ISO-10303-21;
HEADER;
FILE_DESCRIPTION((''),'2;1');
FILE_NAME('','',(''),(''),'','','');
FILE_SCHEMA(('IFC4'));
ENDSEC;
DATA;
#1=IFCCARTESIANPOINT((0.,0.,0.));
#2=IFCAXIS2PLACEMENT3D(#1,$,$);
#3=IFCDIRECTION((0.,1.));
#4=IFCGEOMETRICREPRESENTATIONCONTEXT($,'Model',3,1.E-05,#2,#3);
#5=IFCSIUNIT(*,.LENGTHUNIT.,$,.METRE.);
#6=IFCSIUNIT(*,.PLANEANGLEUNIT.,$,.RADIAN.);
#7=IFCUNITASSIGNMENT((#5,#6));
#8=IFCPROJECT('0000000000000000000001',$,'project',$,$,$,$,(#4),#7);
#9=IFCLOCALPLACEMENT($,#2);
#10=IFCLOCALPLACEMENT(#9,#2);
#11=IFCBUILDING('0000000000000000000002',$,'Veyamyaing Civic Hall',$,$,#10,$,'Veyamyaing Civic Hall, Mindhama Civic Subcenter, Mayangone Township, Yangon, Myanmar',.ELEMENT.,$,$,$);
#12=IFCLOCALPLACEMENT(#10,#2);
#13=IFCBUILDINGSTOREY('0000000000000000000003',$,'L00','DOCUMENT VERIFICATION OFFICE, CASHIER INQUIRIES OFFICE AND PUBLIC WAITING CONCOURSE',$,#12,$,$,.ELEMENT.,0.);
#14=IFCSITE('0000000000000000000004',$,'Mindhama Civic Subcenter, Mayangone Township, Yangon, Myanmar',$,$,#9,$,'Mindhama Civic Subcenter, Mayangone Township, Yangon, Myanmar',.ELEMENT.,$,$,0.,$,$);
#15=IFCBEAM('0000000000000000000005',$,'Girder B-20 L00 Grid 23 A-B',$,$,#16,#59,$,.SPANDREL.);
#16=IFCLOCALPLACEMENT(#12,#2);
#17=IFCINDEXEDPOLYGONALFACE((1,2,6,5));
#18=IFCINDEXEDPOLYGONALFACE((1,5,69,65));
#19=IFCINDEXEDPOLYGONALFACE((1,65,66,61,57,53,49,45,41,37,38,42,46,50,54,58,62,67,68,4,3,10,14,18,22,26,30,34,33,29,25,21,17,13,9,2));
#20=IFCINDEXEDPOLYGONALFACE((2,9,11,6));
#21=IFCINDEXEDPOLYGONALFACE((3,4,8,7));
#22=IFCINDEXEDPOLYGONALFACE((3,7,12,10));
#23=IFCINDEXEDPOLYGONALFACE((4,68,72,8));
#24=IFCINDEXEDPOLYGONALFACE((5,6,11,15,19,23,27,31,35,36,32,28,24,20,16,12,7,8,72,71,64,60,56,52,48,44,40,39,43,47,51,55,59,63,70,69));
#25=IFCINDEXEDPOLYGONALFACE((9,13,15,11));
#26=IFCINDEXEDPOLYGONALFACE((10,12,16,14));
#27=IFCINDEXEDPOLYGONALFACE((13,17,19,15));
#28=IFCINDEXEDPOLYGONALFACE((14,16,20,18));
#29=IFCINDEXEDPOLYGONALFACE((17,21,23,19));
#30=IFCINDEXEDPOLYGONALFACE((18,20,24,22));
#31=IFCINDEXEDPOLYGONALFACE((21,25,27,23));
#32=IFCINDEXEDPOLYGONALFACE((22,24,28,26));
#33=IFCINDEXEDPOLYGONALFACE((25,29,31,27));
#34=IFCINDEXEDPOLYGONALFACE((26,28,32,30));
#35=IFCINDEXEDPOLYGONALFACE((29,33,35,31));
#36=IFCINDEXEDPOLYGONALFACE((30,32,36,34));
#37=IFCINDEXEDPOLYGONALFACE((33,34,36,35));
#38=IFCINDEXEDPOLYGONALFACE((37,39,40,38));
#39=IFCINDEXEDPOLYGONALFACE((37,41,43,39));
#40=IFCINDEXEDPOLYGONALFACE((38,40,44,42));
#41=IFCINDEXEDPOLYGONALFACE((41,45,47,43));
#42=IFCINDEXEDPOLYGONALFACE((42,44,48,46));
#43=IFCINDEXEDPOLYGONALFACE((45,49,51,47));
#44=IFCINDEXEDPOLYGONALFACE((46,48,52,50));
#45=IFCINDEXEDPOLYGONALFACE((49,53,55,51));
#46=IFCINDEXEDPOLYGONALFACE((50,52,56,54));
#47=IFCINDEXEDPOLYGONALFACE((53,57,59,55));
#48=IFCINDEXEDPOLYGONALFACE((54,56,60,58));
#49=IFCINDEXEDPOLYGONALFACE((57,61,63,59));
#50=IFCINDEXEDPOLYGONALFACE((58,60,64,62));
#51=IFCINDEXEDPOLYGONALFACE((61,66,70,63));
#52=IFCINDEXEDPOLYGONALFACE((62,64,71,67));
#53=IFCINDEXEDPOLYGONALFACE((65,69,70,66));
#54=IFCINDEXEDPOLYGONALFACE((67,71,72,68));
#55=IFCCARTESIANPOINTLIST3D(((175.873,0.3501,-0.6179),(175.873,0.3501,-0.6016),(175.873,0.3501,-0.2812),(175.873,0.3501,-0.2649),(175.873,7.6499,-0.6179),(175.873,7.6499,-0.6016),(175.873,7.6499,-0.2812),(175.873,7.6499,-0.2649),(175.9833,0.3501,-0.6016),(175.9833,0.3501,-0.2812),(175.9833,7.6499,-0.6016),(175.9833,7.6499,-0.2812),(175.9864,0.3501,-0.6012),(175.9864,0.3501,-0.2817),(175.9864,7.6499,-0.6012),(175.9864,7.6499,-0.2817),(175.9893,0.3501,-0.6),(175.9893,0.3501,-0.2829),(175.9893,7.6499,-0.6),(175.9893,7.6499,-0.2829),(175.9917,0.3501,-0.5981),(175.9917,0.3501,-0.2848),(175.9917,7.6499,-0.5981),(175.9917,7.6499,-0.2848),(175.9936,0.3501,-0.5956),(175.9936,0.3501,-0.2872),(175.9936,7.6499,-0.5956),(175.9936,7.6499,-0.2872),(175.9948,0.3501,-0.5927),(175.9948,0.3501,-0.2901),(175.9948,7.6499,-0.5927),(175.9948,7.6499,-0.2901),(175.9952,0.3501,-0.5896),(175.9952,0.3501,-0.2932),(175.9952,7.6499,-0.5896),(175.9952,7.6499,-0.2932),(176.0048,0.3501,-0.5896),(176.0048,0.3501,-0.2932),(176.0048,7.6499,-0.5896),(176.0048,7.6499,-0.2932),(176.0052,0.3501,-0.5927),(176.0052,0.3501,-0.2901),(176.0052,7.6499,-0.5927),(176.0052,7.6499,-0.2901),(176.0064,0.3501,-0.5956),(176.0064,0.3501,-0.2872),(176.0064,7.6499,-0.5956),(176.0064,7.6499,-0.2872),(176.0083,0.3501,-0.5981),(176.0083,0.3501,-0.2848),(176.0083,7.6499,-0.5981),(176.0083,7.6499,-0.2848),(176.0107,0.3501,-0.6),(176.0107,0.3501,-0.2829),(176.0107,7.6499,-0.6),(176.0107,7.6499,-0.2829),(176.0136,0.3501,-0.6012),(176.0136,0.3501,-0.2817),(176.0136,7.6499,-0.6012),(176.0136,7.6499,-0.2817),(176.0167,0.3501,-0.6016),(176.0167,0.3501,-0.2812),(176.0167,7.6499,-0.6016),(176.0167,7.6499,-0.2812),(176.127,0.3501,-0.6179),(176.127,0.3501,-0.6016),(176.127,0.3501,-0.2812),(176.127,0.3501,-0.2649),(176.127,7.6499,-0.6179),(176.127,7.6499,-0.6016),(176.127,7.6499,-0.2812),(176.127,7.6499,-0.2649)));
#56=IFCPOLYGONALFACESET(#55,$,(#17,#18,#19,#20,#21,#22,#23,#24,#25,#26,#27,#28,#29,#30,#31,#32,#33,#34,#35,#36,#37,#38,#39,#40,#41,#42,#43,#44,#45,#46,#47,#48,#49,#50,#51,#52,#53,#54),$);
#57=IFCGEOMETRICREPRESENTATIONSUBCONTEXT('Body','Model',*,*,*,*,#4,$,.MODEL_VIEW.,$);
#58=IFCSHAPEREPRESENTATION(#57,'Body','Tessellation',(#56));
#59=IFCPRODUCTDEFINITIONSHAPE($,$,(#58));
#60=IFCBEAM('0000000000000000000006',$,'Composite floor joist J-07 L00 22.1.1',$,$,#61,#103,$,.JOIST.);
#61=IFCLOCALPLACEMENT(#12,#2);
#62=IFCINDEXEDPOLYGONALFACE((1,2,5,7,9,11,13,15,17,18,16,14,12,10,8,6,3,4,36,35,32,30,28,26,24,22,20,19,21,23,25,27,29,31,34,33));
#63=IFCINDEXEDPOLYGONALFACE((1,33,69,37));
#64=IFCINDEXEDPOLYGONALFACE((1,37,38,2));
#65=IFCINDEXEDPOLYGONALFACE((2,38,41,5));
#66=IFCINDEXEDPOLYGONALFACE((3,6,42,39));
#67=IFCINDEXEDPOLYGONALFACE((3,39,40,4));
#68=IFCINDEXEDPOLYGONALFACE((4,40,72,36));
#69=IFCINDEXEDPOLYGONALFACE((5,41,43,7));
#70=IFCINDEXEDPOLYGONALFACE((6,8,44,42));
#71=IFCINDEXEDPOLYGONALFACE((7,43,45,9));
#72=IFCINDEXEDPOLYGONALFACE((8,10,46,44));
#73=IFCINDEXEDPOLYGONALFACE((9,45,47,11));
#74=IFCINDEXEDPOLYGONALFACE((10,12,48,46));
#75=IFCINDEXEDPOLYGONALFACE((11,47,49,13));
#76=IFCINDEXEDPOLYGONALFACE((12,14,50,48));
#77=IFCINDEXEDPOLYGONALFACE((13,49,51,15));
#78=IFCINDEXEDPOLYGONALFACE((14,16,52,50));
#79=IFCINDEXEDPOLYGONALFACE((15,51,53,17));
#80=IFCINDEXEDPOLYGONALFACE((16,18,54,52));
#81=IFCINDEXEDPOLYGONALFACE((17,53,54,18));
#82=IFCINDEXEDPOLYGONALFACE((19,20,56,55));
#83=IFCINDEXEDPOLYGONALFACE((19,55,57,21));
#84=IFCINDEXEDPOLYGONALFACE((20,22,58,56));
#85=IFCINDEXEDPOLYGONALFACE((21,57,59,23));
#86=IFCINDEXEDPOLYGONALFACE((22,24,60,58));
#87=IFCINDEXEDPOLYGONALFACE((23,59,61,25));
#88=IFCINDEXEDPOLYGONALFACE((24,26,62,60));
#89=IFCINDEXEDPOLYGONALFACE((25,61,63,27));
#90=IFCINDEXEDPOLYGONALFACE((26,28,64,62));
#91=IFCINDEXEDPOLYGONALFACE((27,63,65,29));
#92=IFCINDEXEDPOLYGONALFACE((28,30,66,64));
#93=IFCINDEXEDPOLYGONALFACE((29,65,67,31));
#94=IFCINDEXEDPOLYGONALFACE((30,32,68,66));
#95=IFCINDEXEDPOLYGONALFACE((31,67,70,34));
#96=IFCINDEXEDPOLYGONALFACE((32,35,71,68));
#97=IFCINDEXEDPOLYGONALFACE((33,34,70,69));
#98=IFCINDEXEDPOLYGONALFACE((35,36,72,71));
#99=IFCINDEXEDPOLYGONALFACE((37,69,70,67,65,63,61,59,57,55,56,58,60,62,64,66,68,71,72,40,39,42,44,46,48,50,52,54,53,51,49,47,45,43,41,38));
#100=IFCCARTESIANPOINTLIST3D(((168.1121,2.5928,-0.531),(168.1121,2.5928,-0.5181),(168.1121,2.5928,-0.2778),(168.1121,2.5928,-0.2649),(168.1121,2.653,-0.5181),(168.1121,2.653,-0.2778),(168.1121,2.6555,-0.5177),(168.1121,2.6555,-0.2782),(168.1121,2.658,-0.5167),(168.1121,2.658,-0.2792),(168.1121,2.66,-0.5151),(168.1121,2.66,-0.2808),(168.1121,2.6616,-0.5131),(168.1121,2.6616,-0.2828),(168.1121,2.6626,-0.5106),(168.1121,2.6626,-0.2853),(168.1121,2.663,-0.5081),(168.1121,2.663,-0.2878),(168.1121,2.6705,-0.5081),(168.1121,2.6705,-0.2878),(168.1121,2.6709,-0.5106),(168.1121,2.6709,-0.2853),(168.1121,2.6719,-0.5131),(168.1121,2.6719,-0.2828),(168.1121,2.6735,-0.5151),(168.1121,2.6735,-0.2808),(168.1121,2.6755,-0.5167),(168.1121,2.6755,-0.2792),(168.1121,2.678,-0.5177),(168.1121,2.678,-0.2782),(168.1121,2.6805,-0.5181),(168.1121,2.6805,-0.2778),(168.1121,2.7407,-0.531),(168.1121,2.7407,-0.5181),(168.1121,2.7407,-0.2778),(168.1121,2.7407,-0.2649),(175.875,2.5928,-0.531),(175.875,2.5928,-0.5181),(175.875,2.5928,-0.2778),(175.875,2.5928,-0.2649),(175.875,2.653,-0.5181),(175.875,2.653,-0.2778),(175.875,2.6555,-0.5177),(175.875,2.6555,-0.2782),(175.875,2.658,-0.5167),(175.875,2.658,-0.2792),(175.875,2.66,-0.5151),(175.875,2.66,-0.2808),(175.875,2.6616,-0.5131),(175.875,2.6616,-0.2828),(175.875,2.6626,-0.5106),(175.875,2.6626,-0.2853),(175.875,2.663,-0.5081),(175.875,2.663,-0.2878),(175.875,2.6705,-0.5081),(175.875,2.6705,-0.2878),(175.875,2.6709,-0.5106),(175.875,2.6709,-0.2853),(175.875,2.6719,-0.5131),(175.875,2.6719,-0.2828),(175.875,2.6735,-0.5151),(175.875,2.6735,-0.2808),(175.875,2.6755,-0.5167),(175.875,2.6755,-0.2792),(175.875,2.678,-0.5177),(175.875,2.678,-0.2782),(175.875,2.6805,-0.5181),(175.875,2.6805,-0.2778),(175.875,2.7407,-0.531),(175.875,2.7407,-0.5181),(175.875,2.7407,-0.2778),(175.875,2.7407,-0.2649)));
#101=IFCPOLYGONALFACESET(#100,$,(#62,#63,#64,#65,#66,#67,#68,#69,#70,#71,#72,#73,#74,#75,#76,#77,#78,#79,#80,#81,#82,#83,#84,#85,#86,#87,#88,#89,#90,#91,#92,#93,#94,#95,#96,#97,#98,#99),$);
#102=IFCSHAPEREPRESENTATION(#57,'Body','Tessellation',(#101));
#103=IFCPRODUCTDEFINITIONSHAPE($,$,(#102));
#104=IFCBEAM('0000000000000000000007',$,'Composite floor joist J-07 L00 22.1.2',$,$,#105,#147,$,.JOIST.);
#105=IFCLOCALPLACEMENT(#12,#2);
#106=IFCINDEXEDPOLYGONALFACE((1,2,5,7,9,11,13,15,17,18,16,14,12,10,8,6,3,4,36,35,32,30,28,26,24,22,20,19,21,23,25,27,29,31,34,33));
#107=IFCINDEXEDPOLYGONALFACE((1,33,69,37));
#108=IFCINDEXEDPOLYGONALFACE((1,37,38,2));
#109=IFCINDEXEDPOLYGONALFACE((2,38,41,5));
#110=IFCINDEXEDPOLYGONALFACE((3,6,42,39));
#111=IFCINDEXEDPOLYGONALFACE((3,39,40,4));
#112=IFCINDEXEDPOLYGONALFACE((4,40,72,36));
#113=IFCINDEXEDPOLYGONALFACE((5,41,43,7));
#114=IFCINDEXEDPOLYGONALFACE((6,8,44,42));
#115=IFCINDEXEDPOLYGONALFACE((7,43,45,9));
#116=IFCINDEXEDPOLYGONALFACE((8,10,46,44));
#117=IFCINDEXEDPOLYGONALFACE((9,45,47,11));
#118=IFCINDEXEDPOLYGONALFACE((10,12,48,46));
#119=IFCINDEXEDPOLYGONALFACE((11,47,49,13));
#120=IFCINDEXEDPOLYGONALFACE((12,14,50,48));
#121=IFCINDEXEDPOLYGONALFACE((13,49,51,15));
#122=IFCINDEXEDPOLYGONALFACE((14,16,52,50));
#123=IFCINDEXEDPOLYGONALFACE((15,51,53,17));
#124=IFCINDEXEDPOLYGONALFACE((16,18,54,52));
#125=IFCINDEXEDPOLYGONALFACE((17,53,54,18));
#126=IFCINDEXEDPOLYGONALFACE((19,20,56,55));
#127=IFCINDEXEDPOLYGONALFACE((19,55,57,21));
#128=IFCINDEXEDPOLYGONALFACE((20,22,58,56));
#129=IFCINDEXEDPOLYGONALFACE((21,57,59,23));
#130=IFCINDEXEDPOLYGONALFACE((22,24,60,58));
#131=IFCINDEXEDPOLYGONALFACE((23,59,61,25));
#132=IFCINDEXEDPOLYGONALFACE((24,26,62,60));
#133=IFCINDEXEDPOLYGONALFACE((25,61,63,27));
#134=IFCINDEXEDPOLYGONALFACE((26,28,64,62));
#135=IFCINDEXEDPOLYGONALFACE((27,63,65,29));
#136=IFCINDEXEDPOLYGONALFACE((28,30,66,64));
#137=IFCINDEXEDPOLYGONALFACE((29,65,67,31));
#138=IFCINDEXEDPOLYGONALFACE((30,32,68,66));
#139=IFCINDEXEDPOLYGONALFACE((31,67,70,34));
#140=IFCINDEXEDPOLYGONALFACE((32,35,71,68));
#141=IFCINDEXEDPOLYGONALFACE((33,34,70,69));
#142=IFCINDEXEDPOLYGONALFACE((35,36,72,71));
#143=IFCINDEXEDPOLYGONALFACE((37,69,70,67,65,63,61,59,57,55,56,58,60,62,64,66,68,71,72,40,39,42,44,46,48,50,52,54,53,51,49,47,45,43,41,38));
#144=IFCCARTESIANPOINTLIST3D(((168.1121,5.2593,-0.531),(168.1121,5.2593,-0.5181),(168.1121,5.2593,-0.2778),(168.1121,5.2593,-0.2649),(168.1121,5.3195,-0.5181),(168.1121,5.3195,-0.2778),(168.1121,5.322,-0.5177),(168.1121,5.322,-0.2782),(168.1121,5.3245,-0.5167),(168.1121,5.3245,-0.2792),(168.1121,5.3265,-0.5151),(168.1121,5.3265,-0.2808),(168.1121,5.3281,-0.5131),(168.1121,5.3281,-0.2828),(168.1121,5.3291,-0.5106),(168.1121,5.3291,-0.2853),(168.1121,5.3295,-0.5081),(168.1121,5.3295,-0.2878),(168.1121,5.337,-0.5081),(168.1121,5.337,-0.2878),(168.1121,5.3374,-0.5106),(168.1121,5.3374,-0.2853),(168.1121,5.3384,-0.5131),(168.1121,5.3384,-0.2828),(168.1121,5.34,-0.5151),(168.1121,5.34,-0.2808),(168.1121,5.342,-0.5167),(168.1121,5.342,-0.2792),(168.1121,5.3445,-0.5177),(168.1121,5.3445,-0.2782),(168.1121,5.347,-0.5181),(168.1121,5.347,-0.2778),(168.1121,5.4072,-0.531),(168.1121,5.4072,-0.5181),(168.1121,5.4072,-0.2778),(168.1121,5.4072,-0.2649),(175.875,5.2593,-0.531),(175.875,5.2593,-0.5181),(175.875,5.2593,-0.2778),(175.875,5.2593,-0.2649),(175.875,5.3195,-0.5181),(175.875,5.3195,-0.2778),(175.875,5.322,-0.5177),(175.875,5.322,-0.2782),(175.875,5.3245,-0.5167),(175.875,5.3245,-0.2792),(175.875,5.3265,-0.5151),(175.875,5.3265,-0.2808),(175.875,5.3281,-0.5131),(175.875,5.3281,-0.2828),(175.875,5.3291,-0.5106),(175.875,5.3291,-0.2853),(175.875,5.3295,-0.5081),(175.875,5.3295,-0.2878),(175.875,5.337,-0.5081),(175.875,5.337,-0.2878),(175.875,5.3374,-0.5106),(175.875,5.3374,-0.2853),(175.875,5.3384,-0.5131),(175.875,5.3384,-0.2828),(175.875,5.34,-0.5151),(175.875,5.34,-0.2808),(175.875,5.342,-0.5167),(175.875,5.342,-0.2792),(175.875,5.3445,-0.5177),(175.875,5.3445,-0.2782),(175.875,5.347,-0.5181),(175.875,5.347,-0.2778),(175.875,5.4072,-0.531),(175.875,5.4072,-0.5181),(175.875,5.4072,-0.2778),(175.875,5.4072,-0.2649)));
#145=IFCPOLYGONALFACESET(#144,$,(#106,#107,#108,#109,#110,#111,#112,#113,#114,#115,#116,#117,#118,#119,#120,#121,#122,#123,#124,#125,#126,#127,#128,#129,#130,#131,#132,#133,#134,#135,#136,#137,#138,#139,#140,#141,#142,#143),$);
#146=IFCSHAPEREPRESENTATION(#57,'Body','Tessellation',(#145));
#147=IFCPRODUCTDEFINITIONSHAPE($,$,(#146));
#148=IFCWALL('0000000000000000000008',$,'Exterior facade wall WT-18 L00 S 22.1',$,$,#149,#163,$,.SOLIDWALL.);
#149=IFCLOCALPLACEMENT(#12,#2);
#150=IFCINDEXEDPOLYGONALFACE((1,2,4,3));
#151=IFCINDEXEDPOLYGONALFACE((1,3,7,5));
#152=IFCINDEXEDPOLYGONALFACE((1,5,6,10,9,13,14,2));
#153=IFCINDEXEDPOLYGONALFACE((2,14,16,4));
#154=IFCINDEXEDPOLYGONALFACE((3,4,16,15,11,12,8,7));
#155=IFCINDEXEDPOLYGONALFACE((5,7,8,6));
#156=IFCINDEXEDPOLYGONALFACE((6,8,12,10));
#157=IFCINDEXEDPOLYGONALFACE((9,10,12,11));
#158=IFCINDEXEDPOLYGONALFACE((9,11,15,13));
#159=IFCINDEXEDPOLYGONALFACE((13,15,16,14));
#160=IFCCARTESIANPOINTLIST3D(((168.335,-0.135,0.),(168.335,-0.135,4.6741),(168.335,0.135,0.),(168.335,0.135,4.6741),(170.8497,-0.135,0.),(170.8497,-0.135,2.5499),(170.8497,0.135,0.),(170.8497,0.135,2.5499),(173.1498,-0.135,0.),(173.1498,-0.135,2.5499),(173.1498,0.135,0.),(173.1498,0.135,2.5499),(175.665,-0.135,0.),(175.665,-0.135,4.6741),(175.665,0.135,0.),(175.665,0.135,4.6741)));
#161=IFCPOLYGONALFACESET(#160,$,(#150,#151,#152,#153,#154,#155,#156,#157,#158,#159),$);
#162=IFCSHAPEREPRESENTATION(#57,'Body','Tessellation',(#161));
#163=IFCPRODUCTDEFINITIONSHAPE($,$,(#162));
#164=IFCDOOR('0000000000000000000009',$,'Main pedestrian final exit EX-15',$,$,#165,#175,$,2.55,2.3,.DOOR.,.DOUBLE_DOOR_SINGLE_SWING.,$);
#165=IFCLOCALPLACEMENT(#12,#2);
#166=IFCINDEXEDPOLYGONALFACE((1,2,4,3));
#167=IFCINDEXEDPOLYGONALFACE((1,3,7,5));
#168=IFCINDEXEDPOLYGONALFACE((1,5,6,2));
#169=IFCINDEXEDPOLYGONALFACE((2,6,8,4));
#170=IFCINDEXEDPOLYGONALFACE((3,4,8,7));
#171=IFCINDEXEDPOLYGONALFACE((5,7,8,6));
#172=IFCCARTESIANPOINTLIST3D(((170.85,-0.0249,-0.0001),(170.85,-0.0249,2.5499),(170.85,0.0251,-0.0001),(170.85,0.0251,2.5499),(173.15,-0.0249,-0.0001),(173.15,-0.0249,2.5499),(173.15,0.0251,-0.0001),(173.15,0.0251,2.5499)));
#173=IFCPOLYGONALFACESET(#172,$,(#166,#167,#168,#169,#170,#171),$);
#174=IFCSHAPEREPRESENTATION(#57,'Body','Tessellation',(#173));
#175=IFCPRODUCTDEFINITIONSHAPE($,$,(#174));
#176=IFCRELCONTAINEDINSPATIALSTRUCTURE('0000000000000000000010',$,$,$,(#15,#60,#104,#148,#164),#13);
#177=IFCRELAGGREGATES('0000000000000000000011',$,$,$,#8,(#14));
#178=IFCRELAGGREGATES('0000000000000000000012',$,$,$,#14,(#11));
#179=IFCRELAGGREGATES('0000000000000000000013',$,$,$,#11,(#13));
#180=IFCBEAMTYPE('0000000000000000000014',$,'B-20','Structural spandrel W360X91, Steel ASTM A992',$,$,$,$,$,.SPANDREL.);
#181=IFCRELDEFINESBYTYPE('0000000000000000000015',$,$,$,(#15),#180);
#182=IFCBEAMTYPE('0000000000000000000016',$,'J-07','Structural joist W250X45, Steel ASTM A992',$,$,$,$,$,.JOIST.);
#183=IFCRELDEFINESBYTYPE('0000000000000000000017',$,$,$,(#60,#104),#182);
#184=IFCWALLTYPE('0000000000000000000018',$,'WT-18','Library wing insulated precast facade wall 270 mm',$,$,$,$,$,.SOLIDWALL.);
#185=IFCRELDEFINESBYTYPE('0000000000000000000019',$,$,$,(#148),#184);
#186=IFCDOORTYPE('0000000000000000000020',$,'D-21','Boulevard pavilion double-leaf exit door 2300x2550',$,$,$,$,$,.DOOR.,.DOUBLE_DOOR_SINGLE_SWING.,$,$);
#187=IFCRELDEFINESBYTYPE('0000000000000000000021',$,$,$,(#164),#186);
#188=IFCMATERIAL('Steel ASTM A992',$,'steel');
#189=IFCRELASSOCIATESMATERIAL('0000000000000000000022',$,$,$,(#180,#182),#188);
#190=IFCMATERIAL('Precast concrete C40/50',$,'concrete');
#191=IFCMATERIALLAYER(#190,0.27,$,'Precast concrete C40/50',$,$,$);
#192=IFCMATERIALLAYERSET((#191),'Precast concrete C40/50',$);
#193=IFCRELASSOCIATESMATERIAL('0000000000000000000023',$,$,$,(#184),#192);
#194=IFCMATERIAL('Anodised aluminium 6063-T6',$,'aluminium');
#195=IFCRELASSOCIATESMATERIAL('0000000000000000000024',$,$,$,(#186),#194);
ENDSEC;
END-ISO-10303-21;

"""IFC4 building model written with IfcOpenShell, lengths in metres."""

from ifc_helpers import new_model, si_unit, direction, frame, frame_2d, origin, origin_2d, place, context, subcontext, project, spatial, rectangle, i_section, extrude, material, layer, layer_set, material_profile, profile_set, type_object, element, fill, save


model = new_model("IFC4")

# Units and contexts
model_context = context("Model", 3, precision=1e-05, world=origin(), true_north=direction((0.0, 1.0)))
body_context = subcontext(model_context, "Body", "Model", "MODEL_VIEW")
ifc_project = project(units=[si_unit("LENGTHUNIT", "METRE"), si_unit("PLANEANGLEUNIT", "RADIAN")], contexts=[model_context])

# Site, building, storey
site_placement = place(None, origin())
site = spatial("IfcSite", under=ifc_project, at=site_placement, Name="Mindhama Civic Subcenter, Mayangone Township, Yangon, Myanmar", LongName="Mindhama Civic Subcenter, Mayangone Township, Yangon, Myanmar", CompositionType="ELEMENT", RefElevation=0.0)
building_placement = place(site_placement, origin())
building = spatial("IfcBuilding", under=site, at=building_placement, Name="Veyamyaing Civic Hall", LongName="Veyamyaing Civic Hall, Mindhama Civic Subcenter, Mayangone Township, Yangon, Myanmar", CompositionType="ELEMENT")
storey_placement = place(building_placement, origin())
storey = spatial("IfcBuildingStorey", under=building, at=storey_placement, Name="L00", Description="DOCUMENT VERIFICATION OFFICE, CASHIER INQUIRIES OFFICE AND PUBLIC WAITING CONCOURSE", CompositionType="ELEMENT", Elevation=0.0)

# Beams
ifc_material_1 = material(Name="Steel ASTM A992", Category="steel")
ifc_material_profile_1 = material_profile(ifc_material_1, i_section(OverallWidth=0.2539, OverallDepth=0.353, WebThickness=0.0095, FlangeThickness=0.0164, FilletRadius=0.012, at=origin_2d()), Name="W360X91")
ifc_profile_set_1 = profile_set([ifc_material_profile_1], Name="Steel ASTM A992")
beam_type_1 = type_object("IfcBeamType", Name="B-20", Description="Structural spandrel W360X91, Steel ASTM A992", PredefinedType="SPANDREL", material=ifc_profile_set_1)
beam_1_placement = place(storey_placement, frame((176.0, 0.3501, -0.4414), z_axis=(0.0, 1.0, 0.0), x_axis=(-1.0, 0.0, 0.0)))
element("IfcBeam", 1, at=beam_1_placement, inside=storey, type_object=beam_type_1, Name="Girder B-20 L00 Grid 23 A-B", PredefinedType="SPANDREL", context=body_context, shape_type="SweptSolid", body=[
    extrude(i_section(OverallWidth=0.2539, OverallDepth=0.353, WebThickness=0.0095, FlangeThickness=0.0164, FilletRadius=0.012, at=origin_2d()), origin(), (0.0, 0.0, 1.0), 7.2998),
])
ifc_material_profile_2 = material_profile(ifc_material_1, i_section(OverallWidth=0.1479, OverallDepth=0.2661, WebThickness=0.0076, FlangeThickness=0.0129, FilletRadius=0.01, at=origin_2d()), Name="W250X45")
ifc_profile_set_2 = profile_set([ifc_material_profile_2], Name="Steel ASTM A992")
beam_type_2 = type_object("IfcBeamType", Name="J-07", Description="Structural joist W250X45, Steel ASTM A992", PredefinedType="JOIST", material=ifc_profile_set_2)
for number, where, z_axis, x_axis, name in (
    (2, (168.1121, 2.6667, -0.3979), (1.0, 0.0, 0.0), (0.0, 1.0, 0.0), "Composite floor joist J-07 L00 22.1.1"),
    (3, (168.1121, 5.3333, -0.3979), (1.0, 0.0, 0.0), (0.0, 1.0, 0.0), "Composite floor joist J-07 L00 22.1.2"),
):
    element("IfcBeam", number, at=place(storey_placement, frame(where, z_axis=z_axis, x_axis=x_axis)), inside=storey, type_object=beam_type_2, Name=name, PredefinedType="JOIST", context=body_context, shape_type="SweptSolid", body=[
        extrude(i_section(OverallWidth=0.1479, OverallDepth=0.2661, WebThickness=0.0076, FlangeThickness=0.0129, FilletRadius=0.01, at=origin_2d()), origin(), (0.0, 0.0, 1.0), 7.7629),
    ])

# Wall, opening, door
ifc_material_2 = material(Name="Precast concrete C40/50", Category="concrete")
ifc_layer_1 = layer(ifc_material_2, 0.27, Name="Precast concrete C40/50")
ifc_layer_set_1 = layer_set([ifc_layer_1], Name="Precast concrete C40/50")
wall_type = type_object("IfcWallType", Name="WT-18", Description="Library wing insulated precast facade wall 270 mm", PredefinedType="SOLIDWALL", material=ifc_layer_set_1)
wall_1_placement = place(storey_placement, frame((168.335, 0.0, 0.0), z_axis=(0.0, 0.0, 1.0), x_axis=(1.0, 0.0, 0.0)))
wall_1 = element("IfcWall", 4, at=wall_1_placement, inside=storey, type_object=wall_type, Name="Exterior facade wall WT-18 L00 S 22.1", PredefinedType="SOLIDWALL", context=body_context, shape_type="SweptSolid", body=[
    extrude(rectangle(XDim=7.3301, YDim=0.27, at=frame_2d((3.665, 0.0))), origin(), (0.0, 0.0, 1.0), 4.6741),
])
opening_1_placement = place(wall_1_placement, frame((2.5149, 0.0, 0.0)))
opening_1 = element("IfcOpeningElement", 5, at=opening_1_placement, cuts=wall_1, PredefinedType="OPENING", context=body_context, shape_type="SweptSolid", body=[
    extrude(rectangle(XDim=2.3, YDim=2.55, at=frame_2d((1.1499, 1.2749))), frame((0.0, 0.145, 0.0), z_axis=(0.0, -1.0, 0.0), x_axis=(1.0, 0.0, 0.0)), (0.0, 0.0, 1.0), 0.29),
])
ifc_material_3 = material(Name="Anodised aluminium 6063-T6", Category="aluminium")
door_type = type_object("IfcDoorType", Name="D-21", Description="Boulevard pavilion double-leaf exit door 2300x2550", OperationType="DOUBLE_DOOR_SINGLE_SWING", PredefinedType="DOOR", material=ifc_material_3)
door_placement = place(opening_1_placement, frame((2.3, 0.0, 0.0), z_axis=(0.0, 0.0, 1.0), x_axis=(-1.0, 0.0, 0.0)))
door = element("IfcDoor", 6, at=door_placement, inside=storey, type_object=door_type, Name="Main pedestrian final exit EX-15", OperationType="DOUBLE_DOOR_SINGLE_SWING", OverallHeight=2.55, OverallWidth=2.3, PredefinedType="DOOR", context=body_context, shape_type="SweptSolid", body=[
    extrude(rectangle(XDim=2.3, YDim=2.55, at=frame_2d((1.1499, 1.2749))), frame((0.0, 0.0249, 0.0), z_axis=(0.0, -1.0, 0.0), x_axis=(1.0, 0.0, 0.0)), (0.0, 0.0, 1.0), 0.05),
])
fill(opening_1, door)

save(model, "model.ifc")
